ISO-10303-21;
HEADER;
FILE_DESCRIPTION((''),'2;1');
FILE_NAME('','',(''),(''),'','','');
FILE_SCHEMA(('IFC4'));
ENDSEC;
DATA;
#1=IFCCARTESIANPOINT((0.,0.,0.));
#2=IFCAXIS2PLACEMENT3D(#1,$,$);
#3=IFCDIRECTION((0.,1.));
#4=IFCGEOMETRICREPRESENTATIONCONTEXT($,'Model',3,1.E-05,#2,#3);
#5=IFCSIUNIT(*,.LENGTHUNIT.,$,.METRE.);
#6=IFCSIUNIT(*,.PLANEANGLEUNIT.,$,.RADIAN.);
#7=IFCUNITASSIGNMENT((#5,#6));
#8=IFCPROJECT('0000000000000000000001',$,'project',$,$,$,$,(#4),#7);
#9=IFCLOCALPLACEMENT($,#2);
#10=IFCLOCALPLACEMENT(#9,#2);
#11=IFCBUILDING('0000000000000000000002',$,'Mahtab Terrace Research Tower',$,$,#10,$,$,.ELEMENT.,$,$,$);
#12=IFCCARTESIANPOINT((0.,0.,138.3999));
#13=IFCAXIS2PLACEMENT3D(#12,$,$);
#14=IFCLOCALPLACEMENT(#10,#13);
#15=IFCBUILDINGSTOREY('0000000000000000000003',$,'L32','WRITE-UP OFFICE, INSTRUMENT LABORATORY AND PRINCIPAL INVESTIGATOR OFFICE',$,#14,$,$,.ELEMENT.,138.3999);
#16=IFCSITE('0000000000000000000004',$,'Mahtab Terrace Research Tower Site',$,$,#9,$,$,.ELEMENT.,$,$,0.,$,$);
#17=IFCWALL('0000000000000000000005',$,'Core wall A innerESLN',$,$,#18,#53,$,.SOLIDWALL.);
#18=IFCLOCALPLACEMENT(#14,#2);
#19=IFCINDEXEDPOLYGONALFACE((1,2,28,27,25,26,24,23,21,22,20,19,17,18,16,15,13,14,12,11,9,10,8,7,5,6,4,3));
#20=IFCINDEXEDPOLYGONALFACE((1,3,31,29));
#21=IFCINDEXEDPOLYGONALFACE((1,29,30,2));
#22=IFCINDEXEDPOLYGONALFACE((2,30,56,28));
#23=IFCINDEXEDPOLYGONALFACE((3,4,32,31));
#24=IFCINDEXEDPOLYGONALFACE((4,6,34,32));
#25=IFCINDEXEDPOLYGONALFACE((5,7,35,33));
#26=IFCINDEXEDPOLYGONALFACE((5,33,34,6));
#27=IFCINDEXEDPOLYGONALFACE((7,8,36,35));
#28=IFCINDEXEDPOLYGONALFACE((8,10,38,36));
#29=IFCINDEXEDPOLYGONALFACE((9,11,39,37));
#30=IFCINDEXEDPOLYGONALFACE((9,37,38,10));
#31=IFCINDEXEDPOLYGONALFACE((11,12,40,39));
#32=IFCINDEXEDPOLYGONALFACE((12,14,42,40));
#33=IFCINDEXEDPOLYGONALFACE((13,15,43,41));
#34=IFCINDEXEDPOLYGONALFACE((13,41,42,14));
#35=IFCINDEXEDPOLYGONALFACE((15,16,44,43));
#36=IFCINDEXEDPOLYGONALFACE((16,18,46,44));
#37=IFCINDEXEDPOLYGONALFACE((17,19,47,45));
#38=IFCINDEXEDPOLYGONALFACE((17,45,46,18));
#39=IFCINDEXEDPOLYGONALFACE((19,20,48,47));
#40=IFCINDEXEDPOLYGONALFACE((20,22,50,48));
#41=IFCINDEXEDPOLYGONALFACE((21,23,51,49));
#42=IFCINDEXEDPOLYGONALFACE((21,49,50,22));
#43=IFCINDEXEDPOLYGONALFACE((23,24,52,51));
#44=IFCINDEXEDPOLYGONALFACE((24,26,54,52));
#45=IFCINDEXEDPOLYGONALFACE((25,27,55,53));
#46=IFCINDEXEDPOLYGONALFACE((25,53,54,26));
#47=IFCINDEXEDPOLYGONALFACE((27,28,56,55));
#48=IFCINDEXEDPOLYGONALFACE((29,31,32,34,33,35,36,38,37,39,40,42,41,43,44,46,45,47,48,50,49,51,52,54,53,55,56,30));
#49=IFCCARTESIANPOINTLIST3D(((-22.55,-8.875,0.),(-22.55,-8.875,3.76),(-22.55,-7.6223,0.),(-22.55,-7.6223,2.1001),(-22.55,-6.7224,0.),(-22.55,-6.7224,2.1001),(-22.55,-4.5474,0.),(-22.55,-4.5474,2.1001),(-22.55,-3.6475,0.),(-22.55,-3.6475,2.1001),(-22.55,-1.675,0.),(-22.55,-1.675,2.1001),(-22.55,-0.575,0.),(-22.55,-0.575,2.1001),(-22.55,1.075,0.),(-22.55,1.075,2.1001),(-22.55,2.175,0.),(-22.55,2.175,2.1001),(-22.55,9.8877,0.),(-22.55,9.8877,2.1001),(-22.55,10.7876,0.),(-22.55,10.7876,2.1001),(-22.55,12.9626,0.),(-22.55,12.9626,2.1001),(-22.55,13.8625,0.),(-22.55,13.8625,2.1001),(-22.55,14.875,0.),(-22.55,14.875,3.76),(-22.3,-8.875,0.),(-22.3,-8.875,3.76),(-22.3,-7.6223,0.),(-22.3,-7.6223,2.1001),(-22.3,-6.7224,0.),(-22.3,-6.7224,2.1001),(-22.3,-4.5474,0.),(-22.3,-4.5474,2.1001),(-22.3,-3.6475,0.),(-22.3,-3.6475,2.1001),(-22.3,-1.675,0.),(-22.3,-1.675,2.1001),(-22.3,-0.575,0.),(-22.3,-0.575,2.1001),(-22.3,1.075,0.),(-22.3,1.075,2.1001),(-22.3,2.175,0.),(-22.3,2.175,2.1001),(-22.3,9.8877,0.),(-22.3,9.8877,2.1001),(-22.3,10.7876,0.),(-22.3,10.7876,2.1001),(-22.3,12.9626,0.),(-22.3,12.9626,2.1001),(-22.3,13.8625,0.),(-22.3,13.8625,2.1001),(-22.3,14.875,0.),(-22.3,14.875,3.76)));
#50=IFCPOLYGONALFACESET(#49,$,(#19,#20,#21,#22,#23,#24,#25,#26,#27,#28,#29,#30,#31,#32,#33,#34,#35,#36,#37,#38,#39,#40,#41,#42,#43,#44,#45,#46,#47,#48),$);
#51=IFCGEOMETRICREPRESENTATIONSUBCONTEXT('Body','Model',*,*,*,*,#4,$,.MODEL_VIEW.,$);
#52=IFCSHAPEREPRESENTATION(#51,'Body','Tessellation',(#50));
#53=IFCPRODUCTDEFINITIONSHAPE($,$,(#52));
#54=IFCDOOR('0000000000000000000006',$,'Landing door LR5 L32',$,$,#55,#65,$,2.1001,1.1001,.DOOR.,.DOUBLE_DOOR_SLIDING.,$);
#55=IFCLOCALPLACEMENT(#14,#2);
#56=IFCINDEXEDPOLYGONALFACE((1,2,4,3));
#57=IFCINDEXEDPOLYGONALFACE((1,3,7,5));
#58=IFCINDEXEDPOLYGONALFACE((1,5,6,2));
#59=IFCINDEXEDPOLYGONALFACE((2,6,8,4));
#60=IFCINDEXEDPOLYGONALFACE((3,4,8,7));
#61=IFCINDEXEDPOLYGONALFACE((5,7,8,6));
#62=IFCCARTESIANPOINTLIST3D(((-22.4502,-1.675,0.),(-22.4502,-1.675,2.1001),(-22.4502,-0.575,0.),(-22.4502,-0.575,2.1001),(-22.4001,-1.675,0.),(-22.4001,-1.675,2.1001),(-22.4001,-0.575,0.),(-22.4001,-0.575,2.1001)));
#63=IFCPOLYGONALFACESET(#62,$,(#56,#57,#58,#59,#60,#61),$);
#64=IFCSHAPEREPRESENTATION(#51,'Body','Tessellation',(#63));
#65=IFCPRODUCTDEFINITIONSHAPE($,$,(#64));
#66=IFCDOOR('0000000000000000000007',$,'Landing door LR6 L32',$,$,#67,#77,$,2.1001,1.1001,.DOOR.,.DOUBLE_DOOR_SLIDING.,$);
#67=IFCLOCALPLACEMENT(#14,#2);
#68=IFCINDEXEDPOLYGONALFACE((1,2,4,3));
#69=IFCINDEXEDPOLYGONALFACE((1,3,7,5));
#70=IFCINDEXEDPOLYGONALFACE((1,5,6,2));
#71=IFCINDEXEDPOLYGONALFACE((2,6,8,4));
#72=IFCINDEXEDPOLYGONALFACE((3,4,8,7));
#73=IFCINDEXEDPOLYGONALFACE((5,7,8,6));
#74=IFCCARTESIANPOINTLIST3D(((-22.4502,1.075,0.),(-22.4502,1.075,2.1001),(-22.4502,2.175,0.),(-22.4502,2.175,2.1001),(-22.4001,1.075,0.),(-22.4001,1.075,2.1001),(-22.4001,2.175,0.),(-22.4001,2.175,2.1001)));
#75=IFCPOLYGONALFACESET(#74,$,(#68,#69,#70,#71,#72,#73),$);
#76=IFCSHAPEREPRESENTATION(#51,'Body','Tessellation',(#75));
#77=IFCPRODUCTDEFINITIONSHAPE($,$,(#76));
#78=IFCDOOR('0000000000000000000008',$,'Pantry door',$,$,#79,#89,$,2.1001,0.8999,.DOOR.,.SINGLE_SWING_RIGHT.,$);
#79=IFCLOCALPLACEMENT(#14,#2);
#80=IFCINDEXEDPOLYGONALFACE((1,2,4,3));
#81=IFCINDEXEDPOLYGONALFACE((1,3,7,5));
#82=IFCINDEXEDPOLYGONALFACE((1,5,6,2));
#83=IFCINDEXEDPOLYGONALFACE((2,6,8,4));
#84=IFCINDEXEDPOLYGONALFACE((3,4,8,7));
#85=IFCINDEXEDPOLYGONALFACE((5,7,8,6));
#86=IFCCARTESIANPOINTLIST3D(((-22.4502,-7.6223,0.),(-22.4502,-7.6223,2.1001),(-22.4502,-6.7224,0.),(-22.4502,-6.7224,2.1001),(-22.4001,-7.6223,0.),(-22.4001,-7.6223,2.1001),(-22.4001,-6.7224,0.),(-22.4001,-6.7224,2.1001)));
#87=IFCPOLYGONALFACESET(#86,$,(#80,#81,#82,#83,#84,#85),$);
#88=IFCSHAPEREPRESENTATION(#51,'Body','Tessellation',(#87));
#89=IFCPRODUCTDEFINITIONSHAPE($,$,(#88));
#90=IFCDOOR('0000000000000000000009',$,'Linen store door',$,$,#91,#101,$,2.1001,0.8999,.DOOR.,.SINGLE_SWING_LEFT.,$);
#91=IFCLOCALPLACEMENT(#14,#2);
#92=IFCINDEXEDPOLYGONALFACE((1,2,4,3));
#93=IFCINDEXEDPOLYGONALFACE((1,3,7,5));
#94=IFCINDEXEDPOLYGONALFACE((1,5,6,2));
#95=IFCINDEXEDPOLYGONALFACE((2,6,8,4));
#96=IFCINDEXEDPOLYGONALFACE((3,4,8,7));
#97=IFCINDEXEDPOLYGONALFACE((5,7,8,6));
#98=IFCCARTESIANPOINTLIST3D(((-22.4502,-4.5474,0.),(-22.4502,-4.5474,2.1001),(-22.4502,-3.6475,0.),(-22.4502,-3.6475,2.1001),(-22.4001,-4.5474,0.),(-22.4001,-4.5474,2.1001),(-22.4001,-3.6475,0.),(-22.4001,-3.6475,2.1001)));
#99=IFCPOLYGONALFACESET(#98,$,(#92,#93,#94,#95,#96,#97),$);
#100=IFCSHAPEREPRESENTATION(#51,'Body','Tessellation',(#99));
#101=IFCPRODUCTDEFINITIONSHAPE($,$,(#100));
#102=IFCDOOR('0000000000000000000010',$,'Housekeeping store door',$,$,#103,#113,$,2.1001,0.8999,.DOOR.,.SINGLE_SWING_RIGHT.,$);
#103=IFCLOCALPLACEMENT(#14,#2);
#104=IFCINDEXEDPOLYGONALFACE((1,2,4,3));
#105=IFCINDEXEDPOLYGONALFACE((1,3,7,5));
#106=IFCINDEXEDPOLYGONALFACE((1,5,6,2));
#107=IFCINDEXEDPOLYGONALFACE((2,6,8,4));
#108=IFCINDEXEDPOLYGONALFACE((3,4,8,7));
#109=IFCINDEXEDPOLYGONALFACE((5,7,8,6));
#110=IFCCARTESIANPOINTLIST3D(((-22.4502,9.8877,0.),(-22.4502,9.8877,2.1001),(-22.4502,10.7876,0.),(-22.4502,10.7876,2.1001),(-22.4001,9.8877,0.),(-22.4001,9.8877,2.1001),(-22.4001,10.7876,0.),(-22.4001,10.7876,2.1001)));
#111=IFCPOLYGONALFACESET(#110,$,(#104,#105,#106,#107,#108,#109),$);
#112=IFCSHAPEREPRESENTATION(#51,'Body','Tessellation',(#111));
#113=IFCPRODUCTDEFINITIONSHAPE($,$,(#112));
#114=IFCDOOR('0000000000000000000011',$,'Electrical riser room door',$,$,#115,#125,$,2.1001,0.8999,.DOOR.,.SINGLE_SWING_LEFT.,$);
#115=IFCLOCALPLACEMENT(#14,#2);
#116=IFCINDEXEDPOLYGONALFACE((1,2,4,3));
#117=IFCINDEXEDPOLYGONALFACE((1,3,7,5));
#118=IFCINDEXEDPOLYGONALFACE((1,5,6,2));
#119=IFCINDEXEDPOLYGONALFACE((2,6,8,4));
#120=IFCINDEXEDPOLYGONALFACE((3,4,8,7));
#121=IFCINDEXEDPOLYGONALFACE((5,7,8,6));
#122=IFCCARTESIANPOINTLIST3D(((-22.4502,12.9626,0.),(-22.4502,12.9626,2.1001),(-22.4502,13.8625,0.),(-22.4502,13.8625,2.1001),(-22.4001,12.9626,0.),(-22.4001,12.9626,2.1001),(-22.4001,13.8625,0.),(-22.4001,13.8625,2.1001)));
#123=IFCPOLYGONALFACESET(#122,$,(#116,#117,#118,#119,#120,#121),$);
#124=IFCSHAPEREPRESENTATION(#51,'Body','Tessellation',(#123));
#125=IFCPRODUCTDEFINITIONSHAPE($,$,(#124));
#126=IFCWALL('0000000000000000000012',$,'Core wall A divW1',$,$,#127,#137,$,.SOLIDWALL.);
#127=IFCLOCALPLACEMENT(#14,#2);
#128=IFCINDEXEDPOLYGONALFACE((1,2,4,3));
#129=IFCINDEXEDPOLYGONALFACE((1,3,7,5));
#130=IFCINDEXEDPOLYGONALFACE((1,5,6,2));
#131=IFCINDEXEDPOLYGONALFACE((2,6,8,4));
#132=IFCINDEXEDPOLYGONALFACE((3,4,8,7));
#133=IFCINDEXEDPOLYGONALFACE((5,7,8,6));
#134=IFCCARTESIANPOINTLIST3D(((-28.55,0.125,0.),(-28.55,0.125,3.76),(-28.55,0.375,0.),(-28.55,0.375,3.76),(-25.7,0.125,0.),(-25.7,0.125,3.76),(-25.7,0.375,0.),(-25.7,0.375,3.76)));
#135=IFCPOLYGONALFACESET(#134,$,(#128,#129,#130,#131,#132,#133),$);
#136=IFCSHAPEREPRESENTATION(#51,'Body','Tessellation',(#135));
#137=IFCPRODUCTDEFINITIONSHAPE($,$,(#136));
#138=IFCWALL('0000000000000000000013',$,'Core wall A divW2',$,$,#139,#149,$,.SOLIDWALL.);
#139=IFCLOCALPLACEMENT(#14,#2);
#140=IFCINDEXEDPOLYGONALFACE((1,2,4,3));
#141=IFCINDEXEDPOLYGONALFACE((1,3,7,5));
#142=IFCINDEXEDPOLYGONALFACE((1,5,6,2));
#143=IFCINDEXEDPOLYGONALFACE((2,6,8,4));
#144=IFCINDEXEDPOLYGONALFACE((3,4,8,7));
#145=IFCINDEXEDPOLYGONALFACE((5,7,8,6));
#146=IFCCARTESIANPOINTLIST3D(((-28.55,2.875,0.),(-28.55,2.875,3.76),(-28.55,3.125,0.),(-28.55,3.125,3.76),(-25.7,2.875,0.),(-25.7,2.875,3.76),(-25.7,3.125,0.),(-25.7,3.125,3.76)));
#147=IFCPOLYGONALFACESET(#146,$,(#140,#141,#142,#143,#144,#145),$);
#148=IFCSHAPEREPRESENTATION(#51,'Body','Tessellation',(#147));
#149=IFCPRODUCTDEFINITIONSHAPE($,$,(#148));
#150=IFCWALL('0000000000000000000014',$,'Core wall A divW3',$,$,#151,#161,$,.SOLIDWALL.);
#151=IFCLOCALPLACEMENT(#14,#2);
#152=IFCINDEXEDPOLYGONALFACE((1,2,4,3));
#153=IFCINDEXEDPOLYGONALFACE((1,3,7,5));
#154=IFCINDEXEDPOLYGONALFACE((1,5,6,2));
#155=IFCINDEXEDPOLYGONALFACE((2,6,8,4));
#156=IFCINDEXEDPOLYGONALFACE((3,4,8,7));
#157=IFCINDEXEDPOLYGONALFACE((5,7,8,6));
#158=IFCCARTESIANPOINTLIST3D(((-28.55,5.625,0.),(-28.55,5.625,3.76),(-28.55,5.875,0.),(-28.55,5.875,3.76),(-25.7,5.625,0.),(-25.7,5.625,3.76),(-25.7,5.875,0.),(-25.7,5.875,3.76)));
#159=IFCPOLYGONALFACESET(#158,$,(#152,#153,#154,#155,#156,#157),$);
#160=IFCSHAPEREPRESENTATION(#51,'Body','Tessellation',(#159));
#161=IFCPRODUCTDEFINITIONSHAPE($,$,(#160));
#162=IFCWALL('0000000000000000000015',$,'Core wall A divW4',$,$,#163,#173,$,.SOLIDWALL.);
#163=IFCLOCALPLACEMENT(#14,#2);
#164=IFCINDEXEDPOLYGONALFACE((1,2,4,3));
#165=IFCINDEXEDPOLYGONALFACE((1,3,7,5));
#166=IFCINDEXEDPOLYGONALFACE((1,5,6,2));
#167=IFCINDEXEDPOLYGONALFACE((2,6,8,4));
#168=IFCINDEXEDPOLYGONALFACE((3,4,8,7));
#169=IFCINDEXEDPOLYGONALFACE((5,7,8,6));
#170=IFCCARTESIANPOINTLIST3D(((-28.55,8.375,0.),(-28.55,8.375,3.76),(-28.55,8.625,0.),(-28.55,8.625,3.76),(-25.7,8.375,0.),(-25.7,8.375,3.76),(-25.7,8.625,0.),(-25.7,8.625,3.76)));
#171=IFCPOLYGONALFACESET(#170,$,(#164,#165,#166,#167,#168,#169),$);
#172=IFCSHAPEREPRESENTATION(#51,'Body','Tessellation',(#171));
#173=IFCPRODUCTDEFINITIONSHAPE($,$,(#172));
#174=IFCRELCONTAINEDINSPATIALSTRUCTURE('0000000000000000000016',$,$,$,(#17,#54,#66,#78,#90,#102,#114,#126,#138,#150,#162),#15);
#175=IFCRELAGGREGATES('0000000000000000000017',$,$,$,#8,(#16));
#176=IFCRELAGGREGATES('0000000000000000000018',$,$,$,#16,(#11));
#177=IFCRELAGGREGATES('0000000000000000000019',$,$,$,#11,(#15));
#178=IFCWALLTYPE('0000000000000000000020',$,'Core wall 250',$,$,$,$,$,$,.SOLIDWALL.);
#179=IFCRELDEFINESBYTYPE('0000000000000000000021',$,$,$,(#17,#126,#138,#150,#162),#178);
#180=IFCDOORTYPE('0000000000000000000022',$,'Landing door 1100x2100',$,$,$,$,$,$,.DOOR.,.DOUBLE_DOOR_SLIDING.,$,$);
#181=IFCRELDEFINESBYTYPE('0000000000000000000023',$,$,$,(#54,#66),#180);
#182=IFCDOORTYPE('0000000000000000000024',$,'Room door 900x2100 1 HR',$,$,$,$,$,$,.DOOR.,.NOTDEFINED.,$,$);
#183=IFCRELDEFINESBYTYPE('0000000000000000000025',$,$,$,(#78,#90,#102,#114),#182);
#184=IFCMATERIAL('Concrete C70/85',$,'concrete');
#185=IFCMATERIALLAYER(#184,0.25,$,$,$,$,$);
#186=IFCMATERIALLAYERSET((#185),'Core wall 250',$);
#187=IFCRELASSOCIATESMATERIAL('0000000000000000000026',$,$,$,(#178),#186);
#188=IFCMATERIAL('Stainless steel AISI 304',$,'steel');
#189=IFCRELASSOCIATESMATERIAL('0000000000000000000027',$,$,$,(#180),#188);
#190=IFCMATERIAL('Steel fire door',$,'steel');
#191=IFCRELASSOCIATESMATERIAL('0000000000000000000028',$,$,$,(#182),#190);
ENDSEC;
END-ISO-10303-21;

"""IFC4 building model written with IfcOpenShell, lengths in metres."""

from ifc_helpers import new_model, si_unit, direction, frame, frame_2d, origin, place, context, subcontext, project, spatial, rectangle, extrude, material, layer, layer_set, type_object, element, fill, save


model = new_model("IFC4")

# Units and contexts
model_context = context("Model", 3, precision=1e-05, world=origin(), true_north=direction((0.0, 1.0)))
body_context = subcontext(model_context, "Body", "Model", "MODEL_VIEW")
ifc_project = project(units=[si_unit("LENGTHUNIT", "METRE"), si_unit("PLANEANGLEUNIT", "RADIAN")], contexts=[model_context])

# Site, building, storey
site_placement = place(None, origin())
site = spatial("IfcSite", under=ifc_project, at=site_placement, Name="Mahtab Terrace Research Tower Site", CompositionType="ELEMENT", RefElevation=0.0)
building_placement = place(site_placement, origin())
building = spatial("IfcBuilding", under=site, at=building_placement, Name="Mahtab Terrace Research Tower", CompositionType="ELEMENT")
storey_placement = place(building_placement, frame((0.0, 0.0, 138.3999)))
storey = spatial("IfcBuildingStorey", under=building, at=storey_placement, Name="L32", Description="WRITE-UP OFFICE, INSTRUMENT LABORATORY AND PRINCIPAL INVESTIGATOR OFFICE", CompositionType="ELEMENT", Elevation=138.3999)

# Shared definitions
ifc_material_1 = material(Name="Concrete C70/85", Category="concrete")
ifc_layer = layer(ifc_material_1, 0.25)
ifc_layer_set = layer_set([ifc_layer], Name="Core wall 250")
wall_type = type_object("IfcWallType", Name="Core wall 250", PredefinedType="SOLIDWALL", material=ifc_layer_set)

# Shared definitions
ifc_material_2 = material(Name="Steel fire door", Category="steel")

# Wall, openings, doors
wall_1_placement = place(storey_placement, frame((-22.425, 14.875, 0.0), z_axis=(0.0, 0.0, 1.0), x_axis=(0.0, -1.0, 0.0)))
wall_1 = element("IfcWall", 1, at=wall_1_placement, inside=storey, type_object=wall_type, Name="Core wall A innerESLN", PredefinedType="SOLIDWALL", context=body_context, shape_type="SweptSolid", body=[
    extrude(rectangle(XDim=23.75, YDim=0.25, at=frame_2d((11.875, 0.0))), origin(), (0.0, 0.0, 1.0), 3.76),
])
opening_1_placement = place(wall_1_placement, frame((15.45, 0.0, 0.0)))
opening_1 = element("IfcOpeningElement", 2, at=opening_1_placement, cuts=wall_1, PredefinedType="OPENING", context=body_context, shape_type="SweptSolid", body=[
    extrude(rectangle(XDim=1.1001, YDim=2.1001, at=frame_2d((0.55, 1.05))), frame((0.0, 0.135, 0.0), z_axis=(0.0, -1.0, 0.0), x_axis=(1.0, 0.0, 0.0)), (0.0, 0.0, 1.0), 0.27),
])
opening_2_placement = place(wall_1_placement, frame((12.7, 0.0, 0.0)))
opening_2 = element("IfcOpeningElement", 3, at=opening_2_placement, cuts=wall_1, PredefinedType="OPENING", context=body_context, shape_type="SweptSolid", body=[
    extrude(rectangle(XDim=1.1001, YDim=2.1001, at=frame_2d((0.55, 1.05))), frame((0.0, 0.135, 0.0), z_axis=(0.0, -1.0, 0.0), x_axis=(1.0, 0.0, 0.0)), (0.0, 0.0, 1.0), 0.27),
])
opening_3_placement = place(wall_1_placement, frame((21.5974, 0.0, 0.0)))
opening_3 = element("IfcOpeningElement", 4, at=opening_3_placement, cuts=wall_1, PredefinedType="OPENING", context=body_context, shape_type="SweptSolid", body=[
    extrude(rectangle(XDim=0.8999, YDim=2.1001, at=frame_2d((0.45, 1.05))), frame((0.0, 0.135, 0.0), z_axis=(0.0, -1.0, 0.0), x_axis=(1.0, 0.0, 0.0)), (0.0, 0.0, 1.0), 0.27),
])
opening_4_placement = place(wall_1_placement, frame((18.5225, 0.0, 0.0)))
opening_4 = element("IfcOpeningElement", 5, at=opening_4_placement, cuts=wall_1, PredefinedType="OPENING", context=body_context, shape_type="SweptSolid", body=[
    extrude(rectangle(XDim=0.8999, YDim=2.1001, at=frame_2d((0.45, 1.05))), frame((0.0, 0.135, 0.0), z_axis=(0.0, -1.0, 0.0), x_axis=(1.0, 0.0, 0.0)), (0.0, 0.0, 1.0), 0.27),
])
opening_5_placement = place(wall_1_placement, frame((4.0874, 0.0, 0.0)))
opening_5 = element("IfcOpeningElement", 6, at=opening_5_placement, cuts=wall_1, PredefinedType="OPENING", context=body_context, shape_type="SweptSolid", body=[
    extrude(rectangle(XDim=0.8999, YDim=2.1001, at=frame_2d((0.45, 1.05))), frame((0.0, 0.135, 0.0), z_axis=(0.0, -1.0, 0.0), x_axis=(1.0, 0.0, 0.0)), (0.0, 0.0, 1.0), 0.27),
])
opening_6_placement = place(wall_1_placement, frame((1.0125, 0.0, 0.0)))
opening_6 = element("IfcOpeningElement", 7, at=opening_6_placement, cuts=wall_1, PredefinedType="OPENING", context=body_context, shape_type="SweptSolid", body=[
    extrude(rectangle(XDim=0.8999, YDim=2.1001, at=frame_2d((0.45, 1.05))), frame((0.0, 0.135, 0.0), z_axis=(0.0, -1.0, 0.0), x_axis=(1.0, 0.0, 0.0)), (0.0, 0.0, 1.0), 0.27),
])
ifc_material_3 = material(Name="Stainless steel AISI 304", Category="steel")
door_type_1 = type_object("IfcDoorType", Name="Landing door 1100x2100", OperationType="DOUBLE_DOOR_SLIDING", PredefinedType="DOOR", material=ifc_material_3)
door_1_placement = place(opening_1_placement, origin())
door_1 = element("IfcDoor", 8, at=door_1_placement, inside=storey, type_object=door_type_1, Name="Landing door LR5 L32", OperationType="DOUBLE_DOOR_SLIDING", OverallHeight=2.1001, OverallWidth=1.1001, PredefinedType="DOOR", context=body_context, shape_type="SweptSolid", body=[
    extrude(rectangle(XDim=1.1001, YDim=2.1001, at=frame_2d((0.55, 1.05))), frame((0.0, 0.0249, 0.0), z_axis=(0.0, -1.0, 0.0), x_axis=(1.0, 0.0, 0.0)), (0.0, 0.0, 1.0), 0.05),
])
fill(opening_1, door_1)
door_2_placement = place(opening_2_placement, origin())
door_2 = element("IfcDoor", 9, at=door_2_placement, inside=storey, type_object=door_type_1, Name="Landing door LR6 L32", OperationType="DOUBLE_DOOR_SLIDING", OverallHeight=2.1001, OverallWidth=1.1001, PredefinedType="DOOR", context=body_context, shape_type="SweptSolid", body=[
    extrude(rectangle(XDim=1.1001, YDim=2.1001, at=frame_2d((0.55, 1.05))), frame((0.0, 0.0249, 0.0), z_axis=(0.0, -1.0, 0.0), x_axis=(1.0, 0.0, 0.0)), (0.0, 0.0, 1.0), 0.05),
])
fill(opening_2, door_2)
door_type_2 = type_object("IfcDoorType", Name="Room door 900x2100 1 HR", OperationType="NOTDEFINED", PredefinedType="DOOR", material=ifc_material_2)
door_3_placement = place(opening_3_placement, origin())
door_3 = element("IfcDoor", 10, at=door_3_placement, inside=storey, type_object=door_type_2, Name="Pantry door", OperationType="SINGLE_SWING_RIGHT", OverallHeight=2.1001, OverallWidth=0.8999, PredefinedType="DOOR", context=body_context, shape_type="SweptSolid", body=[
    extrude(rectangle(XDim=0.8999, YDim=2.1001, at=frame_2d((0.45, 1.05))), frame((0.0, 0.0249, 0.0), z_axis=(0.0, -1.0, 0.0), x_axis=(1.0, 0.0, 0.0)), (0.0, 0.0, 1.0), 0.05),
])
fill(opening_3, door_3)
door_4_placement = place(opening_4_placement, origin())
door_4 = element("IfcDoor", 11, at=door_4_placement, inside=storey, type_object=door_type_2, Name="Linen store door", OperationType="SINGLE_SWING_LEFT", OverallHeight=2.1001, OverallWidth=0.8999, PredefinedType="DOOR", context=body_context, shape_type="SweptSolid", body=[
    extrude(rectangle(XDim=0.8999, YDim=2.1001, at=frame_2d((0.45, 1.05))), frame((0.0, 0.0249, 0.0), z_axis=(0.0, -1.0, 0.0), x_axis=(1.0, 0.0, 0.0)), (0.0, 0.0, 1.0), 0.05),
])
fill(opening_4, door_4)
door_5_placement = place(opening_5_placement, origin())
door_5 = element("IfcDoor", 12, at=door_5_placement, inside=storey, type_object=door_type_2, Name="Housekeeping store door", OperationType="SINGLE_SWING_RIGHT", OverallHeight=2.1001, OverallWidth=0.8999, PredefinedType="DOOR", context=body_context, shape_type="SweptSolid", body=[
    extrude(rectangle(XDim=0.8999, YDim=2.1001, at=frame_2d((0.45, 1.05))), frame((0.0, 0.0249, 0.0), z_axis=(0.0, -1.0, 0.0), x_axis=(1.0, 0.0, 0.0)), (0.0, 0.0, 1.0), 0.05),
])
fill(opening_5, door_5)
door_6_placement = place(opening_6_placement, origin())
door_6 = element("IfcDoor", 13, at=door_6_placement, inside=storey, type_object=door_type_2, Name="Electrical riser room door", OperationType="SINGLE_SWING_LEFT", OverallHeight=2.1001, OverallWidth=0.8999, PredefinedType="DOOR", context=body_context, shape_type="SweptSolid", body=[
    extrude(rectangle(XDim=0.8999, YDim=2.1001, at=frame_2d((0.45, 1.05))), frame((0.0, 0.0249, 0.0), z_axis=(0.0, -1.0, 0.0), x_axis=(1.0, 0.0, 0.0)), (0.0, 0.0, 1.0), 0.05),
])
fill(opening_6, door_6)

# Walls
for number, where, z_axis, x_axis, name in (
    (14, (-28.55, 0.25, 0.0), (0.0, 0.0, 1.0), (1.0, 0.0, 0.0), "Core wall A divW1"),
    (15, (-28.55, 3.0, 0.0), (0.0, 0.0, 1.0), (1.0, 0.0, 0.0), "Core wall A divW2"),
    (16, (-28.55, 5.75, 0.0), (0.0, 0.0, 1.0), (1.0, 0.0, 0.0), "Core wall A divW3"),
    (17, (-28.55, 8.5, 0.0), (0.0, 0.0, 1.0), (1.0, 0.0, 0.0), "Core wall A divW4"),
):
    element("IfcWall", number, at=place(storey_placement, frame(where, z_axis=z_axis, x_axis=x_axis)), inside=storey, type_object=wall_type, Name=name, PredefinedType="SOLIDWALL", context=body_context, shape_type="SweptSolid", body=[
        extrude(rectangle(XDim=2.8501, YDim=0.25, at=frame_2d((1.425, 0.0))), origin(), (0.0, 0.0, 1.0), 3.76),
    ])

save(model, "model.ifc")
